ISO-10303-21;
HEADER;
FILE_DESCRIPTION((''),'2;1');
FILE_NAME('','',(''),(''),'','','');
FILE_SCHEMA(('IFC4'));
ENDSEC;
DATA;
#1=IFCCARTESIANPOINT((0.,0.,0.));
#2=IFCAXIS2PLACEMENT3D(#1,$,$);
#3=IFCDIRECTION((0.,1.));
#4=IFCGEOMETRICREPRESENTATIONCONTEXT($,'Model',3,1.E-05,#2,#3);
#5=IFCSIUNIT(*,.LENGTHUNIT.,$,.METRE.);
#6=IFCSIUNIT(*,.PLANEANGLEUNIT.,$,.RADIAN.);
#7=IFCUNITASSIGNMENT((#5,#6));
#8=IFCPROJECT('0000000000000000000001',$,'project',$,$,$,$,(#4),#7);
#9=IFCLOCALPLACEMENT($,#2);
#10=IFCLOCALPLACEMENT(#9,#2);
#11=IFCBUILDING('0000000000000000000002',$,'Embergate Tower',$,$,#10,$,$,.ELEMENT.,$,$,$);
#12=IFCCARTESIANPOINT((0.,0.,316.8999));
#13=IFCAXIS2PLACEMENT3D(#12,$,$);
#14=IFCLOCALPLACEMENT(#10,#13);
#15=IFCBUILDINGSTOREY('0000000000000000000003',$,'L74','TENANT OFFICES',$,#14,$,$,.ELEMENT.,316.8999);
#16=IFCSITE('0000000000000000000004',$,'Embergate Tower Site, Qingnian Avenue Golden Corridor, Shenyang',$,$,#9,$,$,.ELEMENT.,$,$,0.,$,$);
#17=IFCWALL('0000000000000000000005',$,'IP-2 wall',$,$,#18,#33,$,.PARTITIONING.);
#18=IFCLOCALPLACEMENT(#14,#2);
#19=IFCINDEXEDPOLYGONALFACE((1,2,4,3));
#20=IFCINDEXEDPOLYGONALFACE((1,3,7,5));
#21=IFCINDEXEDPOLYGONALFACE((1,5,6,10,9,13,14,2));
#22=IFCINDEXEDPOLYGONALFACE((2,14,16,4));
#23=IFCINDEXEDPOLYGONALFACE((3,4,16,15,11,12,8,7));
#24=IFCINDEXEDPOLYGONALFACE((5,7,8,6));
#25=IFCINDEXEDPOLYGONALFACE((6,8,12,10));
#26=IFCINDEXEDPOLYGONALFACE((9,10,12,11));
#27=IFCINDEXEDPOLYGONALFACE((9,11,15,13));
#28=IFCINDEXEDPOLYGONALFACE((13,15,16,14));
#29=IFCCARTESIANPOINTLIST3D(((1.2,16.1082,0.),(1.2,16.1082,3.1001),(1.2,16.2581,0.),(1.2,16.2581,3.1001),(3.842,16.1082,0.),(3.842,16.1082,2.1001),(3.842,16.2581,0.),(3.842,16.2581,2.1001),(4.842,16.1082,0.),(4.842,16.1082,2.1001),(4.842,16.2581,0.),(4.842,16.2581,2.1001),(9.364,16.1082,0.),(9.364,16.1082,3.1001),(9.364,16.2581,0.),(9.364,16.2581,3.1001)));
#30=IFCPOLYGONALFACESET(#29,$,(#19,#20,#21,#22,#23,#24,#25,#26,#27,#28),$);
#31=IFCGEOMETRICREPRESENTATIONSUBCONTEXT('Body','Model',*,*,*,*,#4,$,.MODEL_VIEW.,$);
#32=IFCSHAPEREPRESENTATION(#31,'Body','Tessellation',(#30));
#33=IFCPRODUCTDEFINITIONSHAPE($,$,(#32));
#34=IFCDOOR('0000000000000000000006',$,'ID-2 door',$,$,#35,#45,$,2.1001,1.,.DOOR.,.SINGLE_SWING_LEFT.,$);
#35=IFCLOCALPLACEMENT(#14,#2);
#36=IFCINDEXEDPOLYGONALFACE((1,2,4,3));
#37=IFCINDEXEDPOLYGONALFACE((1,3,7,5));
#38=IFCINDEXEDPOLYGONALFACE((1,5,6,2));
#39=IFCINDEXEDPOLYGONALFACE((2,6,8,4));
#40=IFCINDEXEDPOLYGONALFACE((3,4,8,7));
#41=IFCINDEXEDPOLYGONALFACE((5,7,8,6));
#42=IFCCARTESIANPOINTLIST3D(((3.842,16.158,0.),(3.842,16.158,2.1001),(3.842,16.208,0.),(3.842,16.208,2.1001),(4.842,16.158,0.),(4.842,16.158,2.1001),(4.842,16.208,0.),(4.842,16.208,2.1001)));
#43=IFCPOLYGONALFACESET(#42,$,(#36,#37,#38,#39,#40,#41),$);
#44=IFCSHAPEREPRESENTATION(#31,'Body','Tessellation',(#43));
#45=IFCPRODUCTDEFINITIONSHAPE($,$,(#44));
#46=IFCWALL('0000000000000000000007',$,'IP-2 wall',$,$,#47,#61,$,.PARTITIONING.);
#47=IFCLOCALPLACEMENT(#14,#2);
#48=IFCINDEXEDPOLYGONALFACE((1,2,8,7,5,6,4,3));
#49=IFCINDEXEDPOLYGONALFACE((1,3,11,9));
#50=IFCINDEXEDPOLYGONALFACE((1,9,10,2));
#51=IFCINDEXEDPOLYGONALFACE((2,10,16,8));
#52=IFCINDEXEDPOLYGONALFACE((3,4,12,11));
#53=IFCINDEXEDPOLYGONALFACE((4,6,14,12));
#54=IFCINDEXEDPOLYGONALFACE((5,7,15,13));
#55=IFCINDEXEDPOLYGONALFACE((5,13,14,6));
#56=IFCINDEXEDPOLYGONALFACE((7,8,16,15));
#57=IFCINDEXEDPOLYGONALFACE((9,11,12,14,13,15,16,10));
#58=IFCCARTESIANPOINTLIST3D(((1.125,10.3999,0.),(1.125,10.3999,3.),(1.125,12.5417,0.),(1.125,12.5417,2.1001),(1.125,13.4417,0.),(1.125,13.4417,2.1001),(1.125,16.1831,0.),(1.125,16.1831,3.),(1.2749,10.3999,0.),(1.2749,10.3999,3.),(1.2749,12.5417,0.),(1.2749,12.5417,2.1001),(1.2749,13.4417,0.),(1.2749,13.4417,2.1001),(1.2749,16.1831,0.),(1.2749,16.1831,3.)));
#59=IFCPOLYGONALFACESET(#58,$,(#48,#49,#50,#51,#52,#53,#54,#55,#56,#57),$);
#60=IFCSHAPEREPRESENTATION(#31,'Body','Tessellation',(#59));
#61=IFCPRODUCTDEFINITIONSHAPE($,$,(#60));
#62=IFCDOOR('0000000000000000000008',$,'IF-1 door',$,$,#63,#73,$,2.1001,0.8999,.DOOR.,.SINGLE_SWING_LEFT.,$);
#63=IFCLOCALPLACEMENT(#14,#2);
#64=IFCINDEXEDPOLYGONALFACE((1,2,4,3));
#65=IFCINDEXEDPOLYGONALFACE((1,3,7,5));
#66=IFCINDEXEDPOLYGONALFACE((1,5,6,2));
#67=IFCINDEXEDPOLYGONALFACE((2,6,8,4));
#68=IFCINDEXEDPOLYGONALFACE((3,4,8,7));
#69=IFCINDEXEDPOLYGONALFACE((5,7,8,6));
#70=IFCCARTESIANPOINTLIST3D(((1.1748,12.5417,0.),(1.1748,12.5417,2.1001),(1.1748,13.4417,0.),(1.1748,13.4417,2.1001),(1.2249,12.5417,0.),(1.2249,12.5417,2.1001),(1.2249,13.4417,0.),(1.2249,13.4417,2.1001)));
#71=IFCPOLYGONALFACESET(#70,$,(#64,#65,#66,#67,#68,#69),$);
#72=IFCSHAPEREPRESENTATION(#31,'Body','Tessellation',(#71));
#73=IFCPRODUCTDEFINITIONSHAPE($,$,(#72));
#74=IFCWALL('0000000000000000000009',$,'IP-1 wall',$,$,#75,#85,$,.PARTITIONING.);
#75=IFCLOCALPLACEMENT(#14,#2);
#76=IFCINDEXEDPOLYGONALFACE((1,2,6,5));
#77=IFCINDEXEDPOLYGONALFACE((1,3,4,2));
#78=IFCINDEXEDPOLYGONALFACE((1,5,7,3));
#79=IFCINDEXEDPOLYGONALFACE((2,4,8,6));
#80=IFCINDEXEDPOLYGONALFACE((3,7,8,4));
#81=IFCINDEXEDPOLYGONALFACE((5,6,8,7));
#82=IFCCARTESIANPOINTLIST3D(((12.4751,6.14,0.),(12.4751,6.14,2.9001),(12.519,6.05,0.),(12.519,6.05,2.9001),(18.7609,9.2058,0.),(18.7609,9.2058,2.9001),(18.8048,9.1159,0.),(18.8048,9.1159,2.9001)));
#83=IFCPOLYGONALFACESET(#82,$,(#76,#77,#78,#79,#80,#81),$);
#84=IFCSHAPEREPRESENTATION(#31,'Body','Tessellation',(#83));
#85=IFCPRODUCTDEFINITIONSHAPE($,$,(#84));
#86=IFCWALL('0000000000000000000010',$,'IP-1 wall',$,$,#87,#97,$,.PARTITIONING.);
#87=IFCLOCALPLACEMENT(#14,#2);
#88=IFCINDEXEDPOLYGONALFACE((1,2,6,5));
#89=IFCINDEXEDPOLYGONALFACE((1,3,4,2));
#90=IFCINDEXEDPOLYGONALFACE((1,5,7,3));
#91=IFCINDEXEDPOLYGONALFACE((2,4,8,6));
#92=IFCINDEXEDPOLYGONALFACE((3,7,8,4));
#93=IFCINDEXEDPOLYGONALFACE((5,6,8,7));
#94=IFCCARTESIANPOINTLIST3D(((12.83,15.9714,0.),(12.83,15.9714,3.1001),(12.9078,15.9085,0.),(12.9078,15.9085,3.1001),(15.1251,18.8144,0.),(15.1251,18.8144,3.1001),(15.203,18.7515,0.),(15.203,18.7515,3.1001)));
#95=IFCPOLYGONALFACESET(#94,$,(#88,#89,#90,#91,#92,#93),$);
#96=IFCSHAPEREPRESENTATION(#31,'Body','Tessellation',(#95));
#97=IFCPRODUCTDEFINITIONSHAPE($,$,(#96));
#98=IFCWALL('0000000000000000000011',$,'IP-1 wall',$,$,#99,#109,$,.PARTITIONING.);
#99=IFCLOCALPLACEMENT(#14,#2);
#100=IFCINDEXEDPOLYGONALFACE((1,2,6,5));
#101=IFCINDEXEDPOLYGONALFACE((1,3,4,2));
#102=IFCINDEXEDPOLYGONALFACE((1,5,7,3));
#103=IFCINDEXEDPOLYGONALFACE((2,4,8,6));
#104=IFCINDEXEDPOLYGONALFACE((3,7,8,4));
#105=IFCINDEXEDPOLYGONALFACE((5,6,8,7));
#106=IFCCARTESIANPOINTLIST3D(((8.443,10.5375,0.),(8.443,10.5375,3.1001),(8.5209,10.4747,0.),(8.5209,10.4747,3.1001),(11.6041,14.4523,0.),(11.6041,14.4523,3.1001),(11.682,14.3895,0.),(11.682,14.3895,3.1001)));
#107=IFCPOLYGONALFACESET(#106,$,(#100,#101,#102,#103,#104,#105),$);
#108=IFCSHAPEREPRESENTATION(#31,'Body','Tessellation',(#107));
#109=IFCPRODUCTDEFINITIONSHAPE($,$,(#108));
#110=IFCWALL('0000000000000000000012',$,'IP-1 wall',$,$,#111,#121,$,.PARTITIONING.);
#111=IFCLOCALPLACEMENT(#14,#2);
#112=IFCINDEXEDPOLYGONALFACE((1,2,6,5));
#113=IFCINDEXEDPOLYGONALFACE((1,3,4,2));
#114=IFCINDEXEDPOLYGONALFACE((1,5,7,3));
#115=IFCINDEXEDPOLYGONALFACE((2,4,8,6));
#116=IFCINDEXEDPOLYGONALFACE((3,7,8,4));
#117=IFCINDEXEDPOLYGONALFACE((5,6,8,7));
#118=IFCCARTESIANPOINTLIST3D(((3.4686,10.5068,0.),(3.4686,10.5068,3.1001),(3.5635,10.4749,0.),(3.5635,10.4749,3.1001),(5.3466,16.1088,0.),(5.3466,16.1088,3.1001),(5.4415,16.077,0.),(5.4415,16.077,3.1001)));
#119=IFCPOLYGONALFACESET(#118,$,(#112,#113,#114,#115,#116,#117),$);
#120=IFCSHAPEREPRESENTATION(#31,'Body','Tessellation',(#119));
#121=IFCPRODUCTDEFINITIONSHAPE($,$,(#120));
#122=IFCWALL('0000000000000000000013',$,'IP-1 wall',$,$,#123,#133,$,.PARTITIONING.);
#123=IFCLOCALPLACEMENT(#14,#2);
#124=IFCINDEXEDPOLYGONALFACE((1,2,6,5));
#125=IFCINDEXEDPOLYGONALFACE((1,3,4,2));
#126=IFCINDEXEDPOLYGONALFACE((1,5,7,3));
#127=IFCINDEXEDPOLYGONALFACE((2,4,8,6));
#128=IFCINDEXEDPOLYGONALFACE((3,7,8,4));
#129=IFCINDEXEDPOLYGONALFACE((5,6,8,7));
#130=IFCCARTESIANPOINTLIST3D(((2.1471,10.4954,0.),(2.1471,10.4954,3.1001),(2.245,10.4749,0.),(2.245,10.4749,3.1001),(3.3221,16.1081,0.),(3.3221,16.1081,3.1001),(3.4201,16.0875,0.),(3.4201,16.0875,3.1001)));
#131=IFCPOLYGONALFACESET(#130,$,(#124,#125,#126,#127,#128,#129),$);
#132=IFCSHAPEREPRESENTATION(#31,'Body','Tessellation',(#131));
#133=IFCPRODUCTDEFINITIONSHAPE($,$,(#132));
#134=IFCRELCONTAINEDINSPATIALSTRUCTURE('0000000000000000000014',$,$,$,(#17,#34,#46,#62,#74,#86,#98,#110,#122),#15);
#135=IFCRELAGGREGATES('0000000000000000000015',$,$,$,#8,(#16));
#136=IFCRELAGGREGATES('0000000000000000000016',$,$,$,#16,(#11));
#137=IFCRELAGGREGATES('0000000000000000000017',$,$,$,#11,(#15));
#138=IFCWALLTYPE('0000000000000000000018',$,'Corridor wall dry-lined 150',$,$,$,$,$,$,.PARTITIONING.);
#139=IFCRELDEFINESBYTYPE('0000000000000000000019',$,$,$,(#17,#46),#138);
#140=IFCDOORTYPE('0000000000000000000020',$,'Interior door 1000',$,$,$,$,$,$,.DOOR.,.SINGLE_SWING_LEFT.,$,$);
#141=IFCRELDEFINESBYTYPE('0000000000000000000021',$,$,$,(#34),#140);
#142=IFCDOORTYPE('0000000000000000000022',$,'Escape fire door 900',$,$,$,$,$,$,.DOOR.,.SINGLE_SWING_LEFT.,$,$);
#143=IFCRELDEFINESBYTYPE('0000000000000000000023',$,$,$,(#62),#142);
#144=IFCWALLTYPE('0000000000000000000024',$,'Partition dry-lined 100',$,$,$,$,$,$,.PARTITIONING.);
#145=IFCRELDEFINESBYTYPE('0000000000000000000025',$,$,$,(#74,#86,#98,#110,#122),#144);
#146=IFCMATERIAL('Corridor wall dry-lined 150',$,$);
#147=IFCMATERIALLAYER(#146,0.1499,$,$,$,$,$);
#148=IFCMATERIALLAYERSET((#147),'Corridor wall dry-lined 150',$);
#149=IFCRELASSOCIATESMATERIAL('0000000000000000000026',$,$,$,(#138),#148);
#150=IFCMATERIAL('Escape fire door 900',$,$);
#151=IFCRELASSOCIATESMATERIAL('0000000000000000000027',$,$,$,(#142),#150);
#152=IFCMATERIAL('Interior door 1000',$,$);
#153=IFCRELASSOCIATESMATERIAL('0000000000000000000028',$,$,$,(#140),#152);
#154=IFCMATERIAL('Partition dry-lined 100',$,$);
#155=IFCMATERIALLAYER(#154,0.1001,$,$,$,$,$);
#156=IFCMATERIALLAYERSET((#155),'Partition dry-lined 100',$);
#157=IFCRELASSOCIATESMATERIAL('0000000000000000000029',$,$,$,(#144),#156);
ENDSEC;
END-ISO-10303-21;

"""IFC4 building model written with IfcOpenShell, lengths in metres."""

from ifc_helpers import new_model, si_unit, direction, frame, frame_2d, origin, place, context, subcontext, project, spatial, rectangle, extrude, source, transform, mapped, material, layer, layer_set, type_object, element, fill, save


model = new_model("IFC4")

# Units and contexts
model_context = context("Model", 3, precision=1e-05, world=origin(), true_north=direction((0.0, 1.0)))
body_context = subcontext(model_context, "Body", "Model", "MODEL_VIEW")
ifc_project = project(units=[si_unit("LENGTHUNIT", "METRE"), si_unit("PLANEANGLEUNIT", "RADIAN")], contexts=[model_context])

# Site, building, storey
site_placement = place(None, origin())
site = spatial("IfcSite", under=ifc_project, at=site_placement, Name="Embergate Tower Site, Qingnian Avenue Golden Corridor, Shenyang", CompositionType="ELEMENT", RefElevation=0.0)
building_placement = place(site_placement, origin())
building = spatial("IfcBuilding", under=site, at=building_placement, Name="Embergate Tower", CompositionType="ELEMENT")
storey_placement = place(building_placement, frame((0.0, 0.0, 316.8999)))
storey = spatial("IfcBuildingStorey", under=building, at=storey_placement, Name="L74", Description="TENANT OFFICES", CompositionType="ELEMENT", Elevation=316.8999)

# Shared definitions
ifc_material_1 = material(Name="Corridor wall dry-lined 150")
ifc_layer_1 = layer(ifc_material_1, 0.1499)
ifc_layer_set_1 = layer_set([ifc_layer_1], Name="Corridor wall dry-lined 150")
wall_type_1 = type_object("IfcWallType", Name="Corridor wall dry-lined 150", PredefinedType="PARTITIONING", material=ifc_layer_set_1)

# Shared definitions
shared_shape_1 = source(origin(), body_context, "Body", "SweptSolid", [
    extrude(rectangle(XDim=0.8999, YDim=2.1001, at=frame_2d((0.45, 1.05))), frame((0.0, 0.085, 0.0), z_axis=(0.0, -1.0, 0.0), x_axis=(1.0, 0.0, 0.0)), (0.0, 0.0, 1.0), 0.1699),
])
ifc_material_2 = material(Name="Escape fire door 900")
door_type_1 = type_object("IfcDoorType", Name="Escape fire door 900", OperationType="SINGLE_SWING_LEFT", PredefinedType="DOOR", material=ifc_material_2)
shared_shape_2 = source(origin(), body_context, "Body", "SweptSolid", [
    extrude(rectangle(XDim=0.8999, YDim=2.1001, at=frame_2d((0.45, 1.05))), frame((0.0, 0.0249, 0.0), z_axis=(0.0, -1.0, 0.0), x_axis=(1.0, 0.0, 0.0)), (0.0, 0.0, 1.0), 0.05),
])

# Shared definitions
shared_shape_3 = source(origin(), body_context, "Body", "SweptSolid", [
    extrude(rectangle(XDim=1.0, YDim=2.1001, at=frame_2d((0.5, 1.05))), frame((0.0, 0.085, 0.0), z_axis=(0.0, -1.0, 0.0), x_axis=(1.0, 0.0, 0.0)), (0.0, 0.0, 1.0), 0.1699),
])
ifc_material_3 = material(Name="Interior door 1000")
door_type_2 = type_object("IfcDoorType", Name="Interior door 1000", OperationType="SINGLE_SWING_LEFT", PredefinedType="DOOR", material=ifc_material_3)
shared_shape_4 = source(origin(), body_context, "Body", "SweptSolid", [
    extrude(rectangle(XDim=1.0, YDim=2.1001, at=frame_2d((0.5, 1.05))), frame((0.0, 0.0249, 0.0), z_axis=(0.0, -1.0, 0.0), x_axis=(1.0, 0.0, 0.0)), (0.0, 0.0, 1.0), 0.05),
])

# Walls, openings, doors
shared_shape_5 = source(origin(), body_context, "Body", "SweptSolid", [
    extrude(rectangle(XDim=8.1641, YDim=0.1499, at=frame_2d((4.082, 0.0))), origin(), (0.0, 0.0, 1.0), 3.1001),
])
wall_1_placement = place(storey_placement, frame((1.2, 16.1831, 0.0), z_axis=(0.0, 0.0, 1.0), x_axis=(1.0, 0.0, 0.0)))
wall_1 = element("IfcWall", 1, at=wall_1_placement, inside=storey, type_object=wall_type_1, Name="IP-2 wall", PredefinedType="PARTITIONING", context=body_context, shape_type="MappedRepresentation", body=[
    mapped(shared_shape_5, transform((0.0, 0.0, 0.0))),
])
opening_1_placement = place(wall_1_placement, frame((2.6421, 0.0, 0.0)))
opening_1 = element("IfcOpeningElement", 2, at=opening_1_placement, cuts=wall_1, PredefinedType="OPENING", context=body_context, shape_type="MappedRepresentation", body=[
    mapped(shared_shape_3, transform((0.0, 0.0, 0.0))),
])
door_1_placement = place(opening_1_placement, origin())
door_1 = element("IfcDoor", 3, at=door_1_placement, inside=storey, type_object=door_type_2, Name="ID-2 door", OperationType="SINGLE_SWING_LEFT", OverallHeight=2.1001, OverallWidth=1.0, PredefinedType="DOOR", context=body_context, shape_type="MappedRepresentation", body=[
    mapped(shared_shape_4, transform((0.0, 0.0, 0.0))),
])
fill(opening_1, door_1)
shared_shape_6 = source(origin(), body_context, "Body", "SweptSolid", [
    extrude(rectangle(XDim=5.7832, YDim=0.1499, at=frame_2d((2.8916, 0.0))), origin(), (0.0, 0.0, 1.0), 3.0),
])
wall_2_placement = place(storey_placement, frame((1.2, 16.1831, 0.0), z_axis=(0.0, 0.0, 1.0), x_axis=(0.0, -1.0, 0.0)))
wall_2 = element("IfcWall", 4, at=wall_2_placement, inside=storey, type_object=wall_type_1, Name="IP-2 wall", PredefinedType="PARTITIONING", context=body_context, shape_type="MappedRepresentation", body=[
    mapped(shared_shape_6, transform((0.0, 0.0, 0.0))),
])
opening_2_placement = place(wall_2_placement, frame((2.7415, 0.0, 0.0)))
opening_2 = element("IfcOpeningElement", 5, at=opening_2_placement, cuts=wall_2, PredefinedType="OPENING", context=body_context, shape_type="MappedRepresentation", body=[
    mapped(shared_shape_1, transform((0.0, 0.0, 0.0))),
])
door_2_placement = place(opening_2_placement, origin())
door_2 = element("IfcDoor", 6, at=door_2_placement, inside=storey, type_object=door_type_1, Name="IF-1 door", OperationType="SINGLE_SWING_LEFT", OverallHeight=2.1001, OverallWidth=0.8999, PredefinedType="DOOR", context=body_context, shape_type="MappedRepresentation", body=[
    mapped(shared_shape_2, transform((0.0, 0.0, 0.0))),
])
fill(opening_2, door_2)

# Walls
ifc_material_4 = material(Name="Partition dry-lined 100")
ifc_layer_2 = layer(ifc_material_4, 0.1001)
ifc_layer_set_2 = layer_set([ifc_layer_2], Name="Partition dry-lined 100")
wall_type_2 = type_object("IfcWallType", Name="Partition dry-lined 100", PredefinedType="PARTITIONING", material=ifc_layer_set_2)
shared_shape_7 = source(origin(), body_context, "Body", "SweptSolid", [
    extrude(rectangle(XDim=6.9937, YDim=0.1001, at=frame_2d((3.4968, 0.0))), origin(), (0.0, 0.0, 1.0), 2.9001),
])
wall_3_placement = place(storey_placement, frame((12.4971, 6.095, 0.0), z_axis=(0.0, 0.0, 1.0), x_axis=(0.898789, 0.438381, 0.0)))
element("IfcWall", 7, at=wall_3_placement, inside=storey, type_object=wall_type_2, Name="IP-1 wall", PredefinedType="PARTITIONING", context=body_context, shape_type="MappedRepresentation", body=[
    mapped(shared_shape_7, transform((0.0, 0.0, 0.0))),
])
shared_shape_8 = source(origin(), body_context, "Body", "SweptSolid", [
    extrude(rectangle(XDim=3.6538, YDim=0.1001, at=frame_2d((1.8269, 0.0))), origin(), (0.0, 0.0, 1.0), 3.1001),
])
wall_4_placement = place(storey_placement, frame((12.8689, 15.9399, 0.0), z_axis=(0.0, 0.0, 1.0), x_axis=(0.628152, 0.778091, 0.0)))
element("IfcWall", 8, at=wall_4_placement, inside=storey, type_object=wall_type_2, Name="IP-1 wall", PredefinedType="PARTITIONING", context=body_context, shape_type="MappedRepresentation", body=[
    mapped(shared_shape_8, transform((0.0, 0.0, 0.0))),
])
shared_shape_9 = source(origin(), body_context, "Body", "SweptSolid", [
    extrude(rectangle(XDim=5.0317, YDim=0.1001, at=frame_2d((2.5159, 0.0))), origin(), (0.0, 0.0, 1.0), 3.1001),
])
wall_5_placement = place(storey_placement, frame((8.4819, 10.5061, 0.0), z_axis=(0.0, 0.0, 1.0), x_axis=(0.628239, 0.778021, 0.0)))
element("IfcWall", 9, at=wall_5_placement, inside=storey, type_object=wall_type_2, Name="IP-1 wall", PredefinedType="PARTITIONING", context=body_context, shape_type="MappedRepresentation", body=[
    mapped(shared_shape_9, transform((0.0, 0.0, 0.0))),
])
shared_shape_10 = source(origin(), body_context, "Body", "SweptSolid", [
    extrude(rectangle(XDim=5.9084, YDim=0.1001, at=frame_2d((2.9541, 0.0))), origin(), (0.0, 0.0, 1.0), 3.1001),
])
wall_6_placement = place(storey_placement, frame((3.5161, 10.491, 0.0), z_axis=(0.0, 0.0, 1.0), x_axis=(0.317839, 0.948145, 0.0)))
element("IfcWall", 10, at=wall_6_placement, inside=storey, type_object=wall_type_2, Name="IP-1 wall", PredefinedType="PARTITIONING", context=body_context, shape_type="MappedRepresentation", body=[
    mapped(shared_shape_10, transform((0.0, 0.0, 0.0))),
])
shared_shape_11 = source(origin(), body_context, "Body", "SweptSolid", [
    extrude(rectangle(XDim=5.7344, YDim=0.1001, at=frame_2d((2.8672, 0.0))), origin(), (0.0, 0.0, 1.0), 3.1001),
])
wall_7_placement = place(storey_placement, frame((2.196, 10.4851, 0.0), z_axis=(0.0, 0.0, 1.0), x_axis=(0.20491, 0.978781, 0.0)))
element("IfcWall", 11, at=wall_7_placement, inside=storey, type_object=wall_type_2, Name="IP-1 wall", PredefinedType="PARTITIONING", context=body_context, shape_type="MappedRepresentation", body=[
    mapped(shared_shape_11, transform((0.0, 0.0, 0.0))),
])

save(model, "model.ifc")
